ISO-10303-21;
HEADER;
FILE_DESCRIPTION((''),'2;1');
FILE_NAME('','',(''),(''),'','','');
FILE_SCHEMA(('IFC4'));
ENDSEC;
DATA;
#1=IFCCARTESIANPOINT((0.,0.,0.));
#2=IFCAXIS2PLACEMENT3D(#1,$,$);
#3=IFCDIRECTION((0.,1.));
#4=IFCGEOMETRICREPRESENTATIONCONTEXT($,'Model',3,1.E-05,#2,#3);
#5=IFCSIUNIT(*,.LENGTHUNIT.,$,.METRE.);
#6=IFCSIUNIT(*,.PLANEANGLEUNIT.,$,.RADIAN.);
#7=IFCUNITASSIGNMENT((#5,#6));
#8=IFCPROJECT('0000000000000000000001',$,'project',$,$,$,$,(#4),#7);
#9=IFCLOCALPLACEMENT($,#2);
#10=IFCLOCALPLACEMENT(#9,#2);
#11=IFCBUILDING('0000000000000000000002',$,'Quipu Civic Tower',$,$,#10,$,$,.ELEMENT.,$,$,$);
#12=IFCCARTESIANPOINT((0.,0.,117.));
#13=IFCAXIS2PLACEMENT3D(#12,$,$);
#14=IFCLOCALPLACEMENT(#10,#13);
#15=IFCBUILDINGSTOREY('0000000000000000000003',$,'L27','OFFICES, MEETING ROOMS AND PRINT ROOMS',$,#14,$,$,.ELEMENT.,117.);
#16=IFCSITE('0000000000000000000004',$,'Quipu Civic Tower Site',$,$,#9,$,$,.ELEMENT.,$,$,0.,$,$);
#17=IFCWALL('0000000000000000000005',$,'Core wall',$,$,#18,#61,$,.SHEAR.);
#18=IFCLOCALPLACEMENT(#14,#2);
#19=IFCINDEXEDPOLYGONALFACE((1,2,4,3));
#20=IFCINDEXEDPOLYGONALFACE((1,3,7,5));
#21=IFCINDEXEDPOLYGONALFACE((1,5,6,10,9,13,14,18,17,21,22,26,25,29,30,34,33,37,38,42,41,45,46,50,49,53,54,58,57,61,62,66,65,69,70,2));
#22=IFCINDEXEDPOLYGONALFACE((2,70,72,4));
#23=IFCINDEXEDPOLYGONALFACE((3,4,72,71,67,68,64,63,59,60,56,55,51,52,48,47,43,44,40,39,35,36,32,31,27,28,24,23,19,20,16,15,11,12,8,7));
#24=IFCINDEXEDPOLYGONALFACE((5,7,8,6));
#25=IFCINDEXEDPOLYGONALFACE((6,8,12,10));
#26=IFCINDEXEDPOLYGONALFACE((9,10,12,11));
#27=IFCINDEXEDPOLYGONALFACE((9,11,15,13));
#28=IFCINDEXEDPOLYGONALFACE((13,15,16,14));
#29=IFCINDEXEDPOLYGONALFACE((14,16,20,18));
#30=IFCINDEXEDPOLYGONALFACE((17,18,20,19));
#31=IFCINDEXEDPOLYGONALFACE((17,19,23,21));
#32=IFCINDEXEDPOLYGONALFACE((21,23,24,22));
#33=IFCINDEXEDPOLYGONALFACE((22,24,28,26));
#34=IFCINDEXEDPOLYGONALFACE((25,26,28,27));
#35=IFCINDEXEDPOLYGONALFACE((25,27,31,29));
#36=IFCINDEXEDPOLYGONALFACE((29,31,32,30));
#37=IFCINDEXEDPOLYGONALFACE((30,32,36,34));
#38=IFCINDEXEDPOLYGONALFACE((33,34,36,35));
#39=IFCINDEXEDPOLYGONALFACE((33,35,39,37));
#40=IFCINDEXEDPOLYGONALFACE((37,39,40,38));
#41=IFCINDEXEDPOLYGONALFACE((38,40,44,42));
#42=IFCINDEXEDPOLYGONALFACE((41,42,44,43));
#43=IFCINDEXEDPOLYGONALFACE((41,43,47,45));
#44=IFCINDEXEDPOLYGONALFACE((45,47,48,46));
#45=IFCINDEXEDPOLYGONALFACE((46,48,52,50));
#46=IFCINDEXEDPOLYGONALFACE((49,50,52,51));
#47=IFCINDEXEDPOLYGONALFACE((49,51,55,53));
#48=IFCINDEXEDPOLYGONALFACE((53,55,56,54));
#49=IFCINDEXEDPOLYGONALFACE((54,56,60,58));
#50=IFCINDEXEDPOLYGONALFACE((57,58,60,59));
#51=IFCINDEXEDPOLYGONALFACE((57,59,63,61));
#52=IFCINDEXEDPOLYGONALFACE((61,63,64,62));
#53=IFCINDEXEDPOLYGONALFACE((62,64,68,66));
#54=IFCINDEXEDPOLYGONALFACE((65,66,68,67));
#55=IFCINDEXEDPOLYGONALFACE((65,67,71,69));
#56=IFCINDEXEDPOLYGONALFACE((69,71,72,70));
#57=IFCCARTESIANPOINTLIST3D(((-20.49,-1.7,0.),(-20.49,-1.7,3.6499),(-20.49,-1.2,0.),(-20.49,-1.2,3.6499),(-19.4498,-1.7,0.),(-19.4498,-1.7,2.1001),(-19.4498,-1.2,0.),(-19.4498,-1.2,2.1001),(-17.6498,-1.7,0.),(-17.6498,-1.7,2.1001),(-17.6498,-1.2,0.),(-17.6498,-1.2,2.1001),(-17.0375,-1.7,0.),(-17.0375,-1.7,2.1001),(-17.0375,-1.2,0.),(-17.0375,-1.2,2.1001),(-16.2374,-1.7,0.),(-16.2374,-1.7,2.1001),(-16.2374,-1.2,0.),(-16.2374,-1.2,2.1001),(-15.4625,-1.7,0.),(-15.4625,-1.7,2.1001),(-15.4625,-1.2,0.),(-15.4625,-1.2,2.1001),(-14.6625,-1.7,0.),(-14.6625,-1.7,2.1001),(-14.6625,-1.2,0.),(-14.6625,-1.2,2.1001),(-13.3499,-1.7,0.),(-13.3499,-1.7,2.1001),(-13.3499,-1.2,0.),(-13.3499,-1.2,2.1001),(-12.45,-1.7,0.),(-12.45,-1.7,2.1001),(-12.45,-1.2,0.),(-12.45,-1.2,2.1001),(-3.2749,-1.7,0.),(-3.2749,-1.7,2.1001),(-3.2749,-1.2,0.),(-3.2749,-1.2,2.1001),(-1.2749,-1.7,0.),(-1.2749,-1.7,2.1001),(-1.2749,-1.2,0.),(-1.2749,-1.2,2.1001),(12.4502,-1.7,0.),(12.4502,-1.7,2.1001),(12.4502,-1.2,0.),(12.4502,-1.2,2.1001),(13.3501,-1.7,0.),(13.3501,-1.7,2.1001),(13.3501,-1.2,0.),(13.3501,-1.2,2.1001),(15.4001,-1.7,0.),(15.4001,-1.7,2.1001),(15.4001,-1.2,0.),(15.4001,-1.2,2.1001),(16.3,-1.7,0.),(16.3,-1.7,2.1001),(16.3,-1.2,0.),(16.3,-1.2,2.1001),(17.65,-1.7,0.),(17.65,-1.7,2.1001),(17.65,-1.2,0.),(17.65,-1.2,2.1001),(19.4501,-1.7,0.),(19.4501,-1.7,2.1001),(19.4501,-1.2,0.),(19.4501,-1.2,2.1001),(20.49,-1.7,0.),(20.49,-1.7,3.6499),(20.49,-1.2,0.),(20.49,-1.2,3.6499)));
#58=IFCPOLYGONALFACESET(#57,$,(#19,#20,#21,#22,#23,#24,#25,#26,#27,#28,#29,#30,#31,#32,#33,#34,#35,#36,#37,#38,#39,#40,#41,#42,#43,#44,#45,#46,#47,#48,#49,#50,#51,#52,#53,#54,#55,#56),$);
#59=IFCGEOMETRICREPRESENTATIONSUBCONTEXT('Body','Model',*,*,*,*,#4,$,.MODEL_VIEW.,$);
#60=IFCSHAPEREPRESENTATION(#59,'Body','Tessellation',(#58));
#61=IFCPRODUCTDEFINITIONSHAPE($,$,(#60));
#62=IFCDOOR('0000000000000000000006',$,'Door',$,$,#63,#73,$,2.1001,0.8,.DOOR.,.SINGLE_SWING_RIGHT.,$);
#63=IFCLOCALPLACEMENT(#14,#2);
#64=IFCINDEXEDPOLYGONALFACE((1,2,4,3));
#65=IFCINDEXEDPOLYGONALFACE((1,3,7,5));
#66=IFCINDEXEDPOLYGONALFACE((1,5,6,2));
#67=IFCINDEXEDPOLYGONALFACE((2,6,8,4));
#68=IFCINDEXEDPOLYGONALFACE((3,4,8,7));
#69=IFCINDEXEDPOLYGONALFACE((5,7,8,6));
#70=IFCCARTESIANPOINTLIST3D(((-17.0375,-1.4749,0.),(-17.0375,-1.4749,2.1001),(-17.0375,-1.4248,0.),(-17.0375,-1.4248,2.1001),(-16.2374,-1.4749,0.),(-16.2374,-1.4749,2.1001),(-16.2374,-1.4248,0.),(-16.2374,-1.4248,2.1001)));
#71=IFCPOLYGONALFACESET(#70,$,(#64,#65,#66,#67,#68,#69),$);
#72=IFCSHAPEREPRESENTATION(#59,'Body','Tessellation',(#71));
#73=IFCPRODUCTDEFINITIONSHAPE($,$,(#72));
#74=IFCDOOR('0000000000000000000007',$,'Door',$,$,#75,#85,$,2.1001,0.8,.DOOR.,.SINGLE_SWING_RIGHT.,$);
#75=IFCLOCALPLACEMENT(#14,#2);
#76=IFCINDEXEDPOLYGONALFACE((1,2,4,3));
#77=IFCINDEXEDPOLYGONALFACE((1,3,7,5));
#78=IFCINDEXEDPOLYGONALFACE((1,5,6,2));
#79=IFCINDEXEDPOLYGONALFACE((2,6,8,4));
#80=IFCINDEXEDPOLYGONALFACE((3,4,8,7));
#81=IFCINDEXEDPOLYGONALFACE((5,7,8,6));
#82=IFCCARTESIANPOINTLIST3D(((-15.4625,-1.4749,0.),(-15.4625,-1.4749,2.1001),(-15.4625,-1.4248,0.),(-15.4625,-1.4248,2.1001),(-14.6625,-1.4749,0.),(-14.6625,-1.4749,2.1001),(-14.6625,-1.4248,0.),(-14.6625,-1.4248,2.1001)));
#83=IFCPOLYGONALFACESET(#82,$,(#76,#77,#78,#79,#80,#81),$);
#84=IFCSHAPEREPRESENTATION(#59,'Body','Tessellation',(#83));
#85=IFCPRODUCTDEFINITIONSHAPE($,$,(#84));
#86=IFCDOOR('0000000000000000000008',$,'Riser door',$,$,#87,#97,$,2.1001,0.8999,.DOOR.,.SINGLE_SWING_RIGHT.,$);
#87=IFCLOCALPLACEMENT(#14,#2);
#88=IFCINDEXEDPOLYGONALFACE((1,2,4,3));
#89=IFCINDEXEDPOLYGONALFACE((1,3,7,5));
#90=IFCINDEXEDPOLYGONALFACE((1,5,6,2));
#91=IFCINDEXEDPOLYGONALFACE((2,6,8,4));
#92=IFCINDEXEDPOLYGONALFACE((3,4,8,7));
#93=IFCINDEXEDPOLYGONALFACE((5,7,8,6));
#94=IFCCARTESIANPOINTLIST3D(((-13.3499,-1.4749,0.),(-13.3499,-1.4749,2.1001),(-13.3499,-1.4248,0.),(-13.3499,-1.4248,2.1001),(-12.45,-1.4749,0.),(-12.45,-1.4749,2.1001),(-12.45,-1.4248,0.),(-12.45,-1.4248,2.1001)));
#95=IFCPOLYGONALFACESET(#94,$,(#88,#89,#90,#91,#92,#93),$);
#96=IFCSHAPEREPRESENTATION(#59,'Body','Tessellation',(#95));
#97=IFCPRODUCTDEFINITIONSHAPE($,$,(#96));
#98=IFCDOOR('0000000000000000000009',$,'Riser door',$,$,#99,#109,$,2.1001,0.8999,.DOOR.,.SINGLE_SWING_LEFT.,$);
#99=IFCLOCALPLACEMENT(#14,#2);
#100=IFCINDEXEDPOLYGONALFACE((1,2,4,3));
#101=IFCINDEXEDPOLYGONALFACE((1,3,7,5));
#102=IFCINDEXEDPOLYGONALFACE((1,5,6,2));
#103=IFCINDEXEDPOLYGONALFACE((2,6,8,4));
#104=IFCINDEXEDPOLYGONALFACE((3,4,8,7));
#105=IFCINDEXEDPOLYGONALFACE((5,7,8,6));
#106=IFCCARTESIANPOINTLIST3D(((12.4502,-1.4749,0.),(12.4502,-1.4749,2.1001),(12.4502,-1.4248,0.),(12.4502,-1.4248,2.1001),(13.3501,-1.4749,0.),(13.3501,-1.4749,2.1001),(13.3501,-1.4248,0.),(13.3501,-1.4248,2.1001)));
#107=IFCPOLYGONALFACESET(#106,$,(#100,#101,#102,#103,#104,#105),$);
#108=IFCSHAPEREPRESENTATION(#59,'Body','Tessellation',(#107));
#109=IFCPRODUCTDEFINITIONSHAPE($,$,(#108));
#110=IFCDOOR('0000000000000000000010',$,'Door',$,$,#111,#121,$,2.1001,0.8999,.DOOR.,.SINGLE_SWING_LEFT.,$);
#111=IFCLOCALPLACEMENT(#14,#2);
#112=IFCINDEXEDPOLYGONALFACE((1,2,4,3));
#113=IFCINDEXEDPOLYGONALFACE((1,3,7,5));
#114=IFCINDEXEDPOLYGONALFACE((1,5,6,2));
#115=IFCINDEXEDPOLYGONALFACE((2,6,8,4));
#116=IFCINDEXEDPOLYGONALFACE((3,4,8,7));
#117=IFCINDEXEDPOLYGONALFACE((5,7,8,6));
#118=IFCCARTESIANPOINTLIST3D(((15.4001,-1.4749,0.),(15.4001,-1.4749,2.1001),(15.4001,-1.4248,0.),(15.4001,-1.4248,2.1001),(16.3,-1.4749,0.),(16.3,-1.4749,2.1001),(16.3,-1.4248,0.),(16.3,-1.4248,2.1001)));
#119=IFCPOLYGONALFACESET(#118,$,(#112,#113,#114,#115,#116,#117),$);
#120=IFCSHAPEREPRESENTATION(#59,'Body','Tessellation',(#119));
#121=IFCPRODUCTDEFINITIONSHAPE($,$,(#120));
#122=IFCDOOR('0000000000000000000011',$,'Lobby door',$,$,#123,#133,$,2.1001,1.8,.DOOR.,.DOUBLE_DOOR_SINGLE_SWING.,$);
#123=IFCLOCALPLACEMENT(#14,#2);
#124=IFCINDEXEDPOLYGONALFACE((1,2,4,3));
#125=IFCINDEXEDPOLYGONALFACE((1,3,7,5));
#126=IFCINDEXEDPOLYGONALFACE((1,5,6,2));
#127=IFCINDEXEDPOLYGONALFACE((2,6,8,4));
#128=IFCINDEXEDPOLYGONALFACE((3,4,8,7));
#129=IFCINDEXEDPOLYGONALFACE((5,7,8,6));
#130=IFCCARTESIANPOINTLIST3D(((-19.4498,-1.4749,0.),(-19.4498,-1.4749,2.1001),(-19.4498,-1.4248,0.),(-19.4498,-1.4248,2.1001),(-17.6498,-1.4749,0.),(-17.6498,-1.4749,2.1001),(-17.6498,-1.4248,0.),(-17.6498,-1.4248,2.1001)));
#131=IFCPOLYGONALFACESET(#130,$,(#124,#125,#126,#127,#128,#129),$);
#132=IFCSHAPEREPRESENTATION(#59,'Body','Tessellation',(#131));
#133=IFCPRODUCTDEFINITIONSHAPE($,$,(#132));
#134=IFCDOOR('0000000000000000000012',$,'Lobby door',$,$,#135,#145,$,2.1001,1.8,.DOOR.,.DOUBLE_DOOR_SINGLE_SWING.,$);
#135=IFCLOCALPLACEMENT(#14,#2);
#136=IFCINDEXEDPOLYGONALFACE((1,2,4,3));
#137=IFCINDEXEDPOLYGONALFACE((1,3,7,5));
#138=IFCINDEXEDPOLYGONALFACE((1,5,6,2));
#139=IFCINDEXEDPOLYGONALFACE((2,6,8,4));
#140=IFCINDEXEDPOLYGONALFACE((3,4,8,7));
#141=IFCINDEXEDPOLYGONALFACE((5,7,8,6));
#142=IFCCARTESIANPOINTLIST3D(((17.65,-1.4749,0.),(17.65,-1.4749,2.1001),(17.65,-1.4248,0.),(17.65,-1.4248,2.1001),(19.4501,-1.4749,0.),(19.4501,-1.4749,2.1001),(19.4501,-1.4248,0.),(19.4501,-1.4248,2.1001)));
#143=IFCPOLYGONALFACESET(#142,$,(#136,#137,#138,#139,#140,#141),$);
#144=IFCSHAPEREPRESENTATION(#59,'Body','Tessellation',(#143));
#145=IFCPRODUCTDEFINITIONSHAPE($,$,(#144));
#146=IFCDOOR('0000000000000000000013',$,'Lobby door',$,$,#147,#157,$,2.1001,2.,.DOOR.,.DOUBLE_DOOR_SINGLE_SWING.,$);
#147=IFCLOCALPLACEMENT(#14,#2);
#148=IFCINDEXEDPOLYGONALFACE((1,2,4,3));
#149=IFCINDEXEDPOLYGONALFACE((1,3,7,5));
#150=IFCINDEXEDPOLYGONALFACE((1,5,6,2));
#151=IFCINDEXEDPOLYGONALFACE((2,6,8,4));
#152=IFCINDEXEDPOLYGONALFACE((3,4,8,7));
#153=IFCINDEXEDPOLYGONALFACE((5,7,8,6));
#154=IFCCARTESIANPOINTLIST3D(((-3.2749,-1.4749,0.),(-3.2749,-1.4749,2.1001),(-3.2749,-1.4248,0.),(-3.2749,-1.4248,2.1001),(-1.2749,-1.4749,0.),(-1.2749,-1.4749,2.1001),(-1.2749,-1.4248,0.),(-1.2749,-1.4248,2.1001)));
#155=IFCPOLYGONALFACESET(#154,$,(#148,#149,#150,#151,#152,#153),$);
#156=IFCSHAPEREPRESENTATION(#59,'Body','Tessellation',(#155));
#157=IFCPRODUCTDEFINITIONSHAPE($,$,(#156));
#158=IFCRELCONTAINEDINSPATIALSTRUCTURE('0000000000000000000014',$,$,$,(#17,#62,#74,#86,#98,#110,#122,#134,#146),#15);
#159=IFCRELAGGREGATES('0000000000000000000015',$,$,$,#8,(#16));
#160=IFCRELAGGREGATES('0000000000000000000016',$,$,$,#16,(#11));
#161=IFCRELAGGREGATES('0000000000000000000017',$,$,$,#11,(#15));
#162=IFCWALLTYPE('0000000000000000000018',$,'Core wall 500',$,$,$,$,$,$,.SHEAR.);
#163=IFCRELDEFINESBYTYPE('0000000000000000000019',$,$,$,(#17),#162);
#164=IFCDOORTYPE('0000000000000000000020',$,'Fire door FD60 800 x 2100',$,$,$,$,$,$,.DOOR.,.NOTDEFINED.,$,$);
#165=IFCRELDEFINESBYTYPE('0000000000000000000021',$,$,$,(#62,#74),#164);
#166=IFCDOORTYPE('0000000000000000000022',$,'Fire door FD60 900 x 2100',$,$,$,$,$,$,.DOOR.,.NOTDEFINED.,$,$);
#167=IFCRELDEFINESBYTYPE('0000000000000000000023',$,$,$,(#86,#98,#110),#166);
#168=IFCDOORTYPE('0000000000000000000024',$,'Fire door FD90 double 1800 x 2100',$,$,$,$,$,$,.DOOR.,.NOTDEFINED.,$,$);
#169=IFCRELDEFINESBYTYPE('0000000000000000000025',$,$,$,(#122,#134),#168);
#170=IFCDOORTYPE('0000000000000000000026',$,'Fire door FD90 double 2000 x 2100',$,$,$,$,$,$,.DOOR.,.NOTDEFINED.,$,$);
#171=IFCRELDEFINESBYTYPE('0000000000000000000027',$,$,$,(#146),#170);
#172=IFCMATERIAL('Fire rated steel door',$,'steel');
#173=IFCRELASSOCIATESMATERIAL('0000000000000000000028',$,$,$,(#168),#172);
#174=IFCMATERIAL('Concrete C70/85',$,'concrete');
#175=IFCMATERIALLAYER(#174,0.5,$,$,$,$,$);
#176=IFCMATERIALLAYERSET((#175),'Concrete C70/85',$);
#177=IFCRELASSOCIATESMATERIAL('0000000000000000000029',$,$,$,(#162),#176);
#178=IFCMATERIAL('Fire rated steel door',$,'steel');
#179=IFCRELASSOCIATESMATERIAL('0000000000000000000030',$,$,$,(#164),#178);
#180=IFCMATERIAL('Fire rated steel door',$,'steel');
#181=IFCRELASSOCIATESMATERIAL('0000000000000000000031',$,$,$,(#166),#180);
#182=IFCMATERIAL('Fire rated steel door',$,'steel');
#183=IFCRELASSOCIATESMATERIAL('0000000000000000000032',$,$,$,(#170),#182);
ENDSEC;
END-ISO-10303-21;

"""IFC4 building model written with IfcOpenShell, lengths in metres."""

from ifc_helpers import new_model, si_unit, direction, frame, frame_2d, origin, place, context, subcontext, project, spatial, rectangle, extrude, material, layer, layer_set, type_object, element, fill, save


model = new_model("IFC4")

# Units and contexts
model_context = context("Model", 3, precision=1e-05, world=origin(), true_north=direction((0.0, 1.0)))
body_context = subcontext(model_context, "Body", "Model", "MODEL_VIEW")
ifc_project = project(units=[si_unit("LENGTHUNIT", "METRE"), si_unit("PLANEANGLEUNIT", "RADIAN")], contexts=[model_context])

# Site, building, storey
site_placement = place(None, origin())
site = spatial("IfcSite", under=ifc_project, at=site_placement, Name="Quipu Civic Tower Site", CompositionType="ELEMENT", RefElevation=0.0)
building_placement = place(site_placement, origin())
building = spatial("IfcBuilding", under=site, at=building_placement, Name="Quipu Civic Tower", CompositionType="ELEMENT")
storey_placement = place(building_placement, frame((0.0, 0.0, 117.0)))
storey = spatial("IfcBuildingStorey", under=building, at=storey_placement, Name="L27", Description="OFFICES, MEETING ROOMS AND PRINT ROOMS", CompositionType="ELEMENT", Elevation=117.0)

# Shared definitions
ifc_material_1 = material(Name="Fire rated steel door", Category="steel")
door_type_1 = type_object("IfcDoorType", Name="Fire door FD90 double 1800 x 2100", OperationType="NOTDEFINED", PredefinedType="DOOR", material=ifc_material_1)

# Shared definitions
ifc_material_2 = material(Name="Concrete C70/85", Category="concrete")
ifc_layer_1 = layer(ifc_material_2, 0.5)
ifc_layer_set_1 = layer_set([ifc_layer_1], Name="Concrete C70/85")
wall_type_1 = type_object("IfcWallType", Name="Core wall 500", PredefinedType="SHEAR", material=ifc_layer_set_1)

# Wall, openings, doors
wall_1_placement = place(storey_placement, frame((20.49, -1.45, 0.0), z_axis=(0.0, 0.0, 1.0), x_axis=(-1.0, 0.0, 0.0)))
wall_1 = element("IfcWall", 1, at=wall_1_placement, inside=storey, type_object=wall_type_1, Name="Core wall", PredefinedType="SHEAR", context=body_context, shape_type="SweptSolid", body=[
    extrude(rectangle(XDim=40.98, YDim=0.5, at=frame_2d((20.49, 0.0))), origin(), (0.0, 0.0, 1.0), 3.6499),
])
opening_1_placement = place(wall_1_placement, frame((38.1399, 0.0, 0.0)))
opening_1 = element("IfcOpeningElement", 2, at=opening_1_placement, cuts=wall_1, PredefinedType="OPENING", context=body_context, shape_type="SweptSolid", body=[
    extrude(rectangle(XDim=1.8, YDim=2.1001, at=frame_2d((0.8999, 1.05))), frame((0.0, 0.26, 0.0), z_axis=(0.0, -1.0, 0.0), x_axis=(1.0, 0.0, 0.0)), (0.0, 0.0, 1.0), 0.52),
])
opening_2_placement = place(wall_1_placement, frame((36.7275, 0.0, 0.0)))
opening_2 = element("IfcOpeningElement", 3, at=opening_2_placement, cuts=wall_1, PredefinedType="OPENING", context=body_context, shape_type="SweptSolid", body=[
    extrude(rectangle(XDim=0.8, YDim=2.1001, at=frame_2d((0.3999, 1.05))), frame((0.0, 0.26, 0.0), z_axis=(0.0, -1.0, 0.0), x_axis=(1.0, 0.0, 0.0)), (0.0, 0.0, 1.0), 0.52),
])
opening_3_placement = place(wall_1_placement, frame((35.1526, 0.0, 0.0)))
opening_3 = element("IfcOpeningElement", 4, at=opening_3_placement, cuts=wall_1, PredefinedType="OPENING", context=body_context, shape_type="SweptSolid", body=[
    extrude(rectangle(XDim=0.8, YDim=2.1001, at=frame_2d((0.3999, 1.05))), frame((0.0, 0.26, 0.0), z_axis=(0.0, -1.0, 0.0), x_axis=(1.0, 0.0, 0.0)), (0.0, 0.0, 1.0), 0.52),
])
opening_4_placement = place(wall_1_placement, frame((32.9399, 0.0, 0.0)))
opening_4 = element("IfcOpeningElement", 5, at=opening_4_placement, cuts=wall_1, PredefinedType="OPENING", context=body_context, shape_type="SweptSolid", body=[
    extrude(rectangle(XDim=0.8999, YDim=2.1001, at=frame_2d((0.45, 1.05))), frame((0.0, 0.26, 0.0), z_axis=(0.0, -1.0, 0.0), x_axis=(1.0, 0.0, 0.0)), (0.0, 0.0, 1.0), 0.52),
])
opening_5_placement = place(wall_1_placement, frame((21.7649, 0.0, 0.0)))
opening_5 = element("IfcOpeningElement", 6, at=opening_5_placement, cuts=wall_1, PredefinedType="OPENING", context=body_context, shape_type="SweptSolid", body=[
    extrude(rectangle(XDim=2.0, YDim=2.1001, at=frame_2d((1.0, 1.05))), frame((0.0, 0.26, 0.0), z_axis=(0.0, -1.0, 0.0), x_axis=(1.0, 0.0, 0.0)), (0.0, 0.0, 1.0), 0.52),
])
opening_6_placement = place(wall_1_placement, frame((7.1399, 0.0, 0.0)))
opening_6 = element("IfcOpeningElement", 7, at=opening_6_placement, cuts=wall_1, PredefinedType="OPENING", context=body_context, shape_type="SweptSolid", body=[
    extrude(rectangle(XDim=0.8999, YDim=2.1001, at=frame_2d((0.45, 1.05))), frame((0.0, 0.26, 0.0), z_axis=(0.0, -1.0, 0.0), x_axis=(1.0, 0.0, 0.0)), (0.0, 0.0, 1.0), 0.52),
])
opening_7_placement = place(wall_1_placement, frame((4.1899, 0.0, 0.0)))
opening_7 = element("IfcOpeningElement", 8, at=opening_7_placement, cuts=wall_1, PredefinedType="OPENING", context=body_context, shape_type="SweptSolid", body=[
    extrude(rectangle(XDim=0.8999, YDim=2.1001, at=frame_2d((0.45, 1.05))), frame((0.0, 0.26, 0.0), z_axis=(0.0, -1.0, 0.0), x_axis=(1.0, 0.0, 0.0)), (0.0, 0.0, 1.0), 0.52),
])
opening_8_placement = place(wall_1_placement, frame((1.04, 0.0, 0.0)))
opening_8 = element("IfcOpeningElement", 9, at=opening_8_placement, cuts=wall_1, PredefinedType="OPENING", context=body_context, shape_type="SweptSolid", body=[
    extrude(rectangle(XDim=1.8, YDim=2.1001, at=frame_2d((0.8999, 1.05))), frame((0.0, 0.26, 0.0), z_axis=(0.0, -1.0, 0.0), x_axis=(1.0, 0.0, 0.0)), (0.0, 0.0, 1.0), 0.52),
])
ifc_material_3 = material(Name="Fire rated steel door", Category="steel")
door_type_2 = type_object("IfcDoorType", Name="Fire door FD60 800 x 2100", OperationType="NOTDEFINED", PredefinedType="DOOR", material=ifc_material_3)
door_1_placement = place(opening_2_placement, origin())
door_1 = element("IfcDoor", 10, at=door_1_placement, inside=storey, type_object=door_type_2, Name="Door", OperationType="SINGLE_SWING_RIGHT", OverallHeight=2.1001, OverallWidth=0.8, PredefinedType="DOOR", context=body_context, shape_type="SweptSolid", body=[
    extrude(rectangle(XDim=0.8, YDim=2.1001, at=frame_2d((0.3999, 1.05))), frame((0.0, 0.0249, 0.0), z_axis=(0.0, -1.0, 0.0), x_axis=(1.0, 0.0, 0.0)), (0.0, 0.0, 1.0), 0.05),
])
fill(opening_2, door_1)
door_2_placement = place(opening_3_placement, origin())
door_2 = element("IfcDoor", 11, at=door_2_placement, inside=storey, type_object=door_type_2, Name="Door", OperationType="SINGLE_SWING_RIGHT", OverallHeight=2.1001, OverallWidth=0.8, PredefinedType="DOOR", context=body_context, shape_type="SweptSolid", body=[
    extrude(rectangle(XDim=0.8, YDim=2.1001, at=frame_2d((0.3999, 1.05))), frame((0.0, 0.0249, 0.0), z_axis=(0.0, -1.0, 0.0), x_axis=(1.0, 0.0, 0.0)), (0.0, 0.0, 1.0), 0.05),
])
fill(opening_3, door_2)
ifc_material_4 = material(Name="Fire rated steel door", Category="steel")
door_type_3 = type_object("IfcDoorType", Name="Fire door FD60 900 x 2100", OperationType="NOTDEFINED", PredefinedType="DOOR", material=ifc_material_4)
door_3_placement = place(opening_4_placement, origin())
door_3 = element("IfcDoor", 12, at=door_3_placement, inside=storey, type_object=door_type_3, Name="Riser door", OperationType="SINGLE_SWING_RIGHT", OverallHeight=2.1001, OverallWidth=0.8999, PredefinedType="DOOR", context=body_context, shape_type="SweptSolid", body=[
    extrude(rectangle(XDim=0.8999, YDim=2.1001, at=frame_2d((0.45, 1.05))), frame((0.0, 0.0249, 0.0), z_axis=(0.0, -1.0, 0.0), x_axis=(1.0, 0.0, 0.0)), (0.0, 0.0, 1.0), 0.05),
])
fill(opening_4, door_3)
door_4_placement = place(opening_6_placement, origin())
door_4 = element("IfcDoor", 13, at=door_4_placement, inside=storey, type_object=door_type_3, Name="Riser door", OperationType="SINGLE_SWING_LEFT", OverallHeight=2.1001, OverallWidth=0.8999, PredefinedType="DOOR", context=body_context, shape_type="SweptSolid", body=[
    extrude(rectangle(XDim=0.8999, YDim=2.1001, at=frame_2d((0.45, 1.05))), frame((0.0, 0.0249, 0.0), z_axis=(0.0, -1.0, 0.0), x_axis=(1.0, 0.0, 0.0)), (0.0, 0.0, 1.0), 0.05),
])
fill(opening_6, door_4)
door_5_placement = place(opening_7_placement, origin())
door_5 = element("IfcDoor", 14, at=door_5_placement, inside=storey, type_object=door_type_3, Name="Door", OperationType="SINGLE_SWING_LEFT", OverallHeight=2.1001, OverallWidth=0.8999, PredefinedType="DOOR", context=body_context, shape_type="SweptSolid", body=[
    extrude(rectangle(XDim=0.8999, YDim=2.1001, at=frame_2d((0.45, 1.05))), frame((0.0, 0.0249, 0.0), z_axis=(0.0, -1.0, 0.0), x_axis=(1.0, 0.0, 0.0)), (0.0, 0.0, 1.0), 0.05),
])
fill(opening_7, door_5)
door_6_placement = place(opening_1_placement, origin())
door_6 = element("IfcDoor", 15, at=door_6_placement, inside=storey, type_object=door_type_1, Name="Lobby door", OperationType="DOUBLE_DOOR_SINGLE_SWING", OverallHeight=2.1001, OverallWidth=1.8, PredefinedType="DOOR", context=body_context, shape_type="SweptSolid", body=[
    extrude(rectangle(XDim=1.8, YDim=2.1001, at=frame_2d((0.8999, 1.05))), frame((0.0, 0.0249, 0.0), z_axis=(0.0, -1.0, 0.0), x_axis=(1.0, 0.0, 0.0)), (0.0, 0.0, 1.0), 0.05),
])
fill(opening_1, door_6)
door_7_placement = place(opening_8_placement, origin())
door_7 = element("IfcDoor", 16, at=door_7_placement, inside=storey, type_object=door_type_1, Name="Lobby door", OperationType="DOUBLE_DOOR_SINGLE_SWING", OverallHeight=2.1001, OverallWidth=1.8, PredefinedType="DOOR", context=body_context, shape_type="SweptSolid", body=[
    extrude(rectangle(XDim=1.8, YDim=2.1001, at=frame_2d((0.8999, 1.05))), frame((0.0, 0.0249, 0.0), z_axis=(0.0, -1.0, 0.0), x_axis=(1.0, 0.0, 0.0)), (0.0, 0.0, 1.0), 0.05),
])
fill(opening_8, door_7)
ifc_material_5 = material(Name="Fire rated steel door", Category="steel")
door_type_4 = type_object("IfcDoorType", Name="Fire door FD90 double 2000 x 2100", OperationType="NOTDEFINED", PredefinedType="DOOR", material=ifc_material_5)
door_8_placement = place(opening_5_placement, origin())
door_8 = element("IfcDoor", 17, at=door_8_placement, inside=storey, type_object=door_type_4, Name="Lobby door", OperationType="DOUBLE_DOOR_SINGLE_SWING", OverallHeight=2.1001, OverallWidth=2.0, PredefinedType="DOOR", context=body_context, shape_type="SweptSolid", body=[
    extrude(rectangle(XDim=2.0, YDim=2.1001, at=frame_2d((1.0, 1.05))), frame((0.0, 0.0249, 0.0), z_axis=(0.0, -1.0, 0.0), x_axis=(1.0, 0.0, 0.0)), (0.0, 0.0, 1.0), 0.05),
])
fill(opening_5, door_8)

save(model, "model.ifc")
